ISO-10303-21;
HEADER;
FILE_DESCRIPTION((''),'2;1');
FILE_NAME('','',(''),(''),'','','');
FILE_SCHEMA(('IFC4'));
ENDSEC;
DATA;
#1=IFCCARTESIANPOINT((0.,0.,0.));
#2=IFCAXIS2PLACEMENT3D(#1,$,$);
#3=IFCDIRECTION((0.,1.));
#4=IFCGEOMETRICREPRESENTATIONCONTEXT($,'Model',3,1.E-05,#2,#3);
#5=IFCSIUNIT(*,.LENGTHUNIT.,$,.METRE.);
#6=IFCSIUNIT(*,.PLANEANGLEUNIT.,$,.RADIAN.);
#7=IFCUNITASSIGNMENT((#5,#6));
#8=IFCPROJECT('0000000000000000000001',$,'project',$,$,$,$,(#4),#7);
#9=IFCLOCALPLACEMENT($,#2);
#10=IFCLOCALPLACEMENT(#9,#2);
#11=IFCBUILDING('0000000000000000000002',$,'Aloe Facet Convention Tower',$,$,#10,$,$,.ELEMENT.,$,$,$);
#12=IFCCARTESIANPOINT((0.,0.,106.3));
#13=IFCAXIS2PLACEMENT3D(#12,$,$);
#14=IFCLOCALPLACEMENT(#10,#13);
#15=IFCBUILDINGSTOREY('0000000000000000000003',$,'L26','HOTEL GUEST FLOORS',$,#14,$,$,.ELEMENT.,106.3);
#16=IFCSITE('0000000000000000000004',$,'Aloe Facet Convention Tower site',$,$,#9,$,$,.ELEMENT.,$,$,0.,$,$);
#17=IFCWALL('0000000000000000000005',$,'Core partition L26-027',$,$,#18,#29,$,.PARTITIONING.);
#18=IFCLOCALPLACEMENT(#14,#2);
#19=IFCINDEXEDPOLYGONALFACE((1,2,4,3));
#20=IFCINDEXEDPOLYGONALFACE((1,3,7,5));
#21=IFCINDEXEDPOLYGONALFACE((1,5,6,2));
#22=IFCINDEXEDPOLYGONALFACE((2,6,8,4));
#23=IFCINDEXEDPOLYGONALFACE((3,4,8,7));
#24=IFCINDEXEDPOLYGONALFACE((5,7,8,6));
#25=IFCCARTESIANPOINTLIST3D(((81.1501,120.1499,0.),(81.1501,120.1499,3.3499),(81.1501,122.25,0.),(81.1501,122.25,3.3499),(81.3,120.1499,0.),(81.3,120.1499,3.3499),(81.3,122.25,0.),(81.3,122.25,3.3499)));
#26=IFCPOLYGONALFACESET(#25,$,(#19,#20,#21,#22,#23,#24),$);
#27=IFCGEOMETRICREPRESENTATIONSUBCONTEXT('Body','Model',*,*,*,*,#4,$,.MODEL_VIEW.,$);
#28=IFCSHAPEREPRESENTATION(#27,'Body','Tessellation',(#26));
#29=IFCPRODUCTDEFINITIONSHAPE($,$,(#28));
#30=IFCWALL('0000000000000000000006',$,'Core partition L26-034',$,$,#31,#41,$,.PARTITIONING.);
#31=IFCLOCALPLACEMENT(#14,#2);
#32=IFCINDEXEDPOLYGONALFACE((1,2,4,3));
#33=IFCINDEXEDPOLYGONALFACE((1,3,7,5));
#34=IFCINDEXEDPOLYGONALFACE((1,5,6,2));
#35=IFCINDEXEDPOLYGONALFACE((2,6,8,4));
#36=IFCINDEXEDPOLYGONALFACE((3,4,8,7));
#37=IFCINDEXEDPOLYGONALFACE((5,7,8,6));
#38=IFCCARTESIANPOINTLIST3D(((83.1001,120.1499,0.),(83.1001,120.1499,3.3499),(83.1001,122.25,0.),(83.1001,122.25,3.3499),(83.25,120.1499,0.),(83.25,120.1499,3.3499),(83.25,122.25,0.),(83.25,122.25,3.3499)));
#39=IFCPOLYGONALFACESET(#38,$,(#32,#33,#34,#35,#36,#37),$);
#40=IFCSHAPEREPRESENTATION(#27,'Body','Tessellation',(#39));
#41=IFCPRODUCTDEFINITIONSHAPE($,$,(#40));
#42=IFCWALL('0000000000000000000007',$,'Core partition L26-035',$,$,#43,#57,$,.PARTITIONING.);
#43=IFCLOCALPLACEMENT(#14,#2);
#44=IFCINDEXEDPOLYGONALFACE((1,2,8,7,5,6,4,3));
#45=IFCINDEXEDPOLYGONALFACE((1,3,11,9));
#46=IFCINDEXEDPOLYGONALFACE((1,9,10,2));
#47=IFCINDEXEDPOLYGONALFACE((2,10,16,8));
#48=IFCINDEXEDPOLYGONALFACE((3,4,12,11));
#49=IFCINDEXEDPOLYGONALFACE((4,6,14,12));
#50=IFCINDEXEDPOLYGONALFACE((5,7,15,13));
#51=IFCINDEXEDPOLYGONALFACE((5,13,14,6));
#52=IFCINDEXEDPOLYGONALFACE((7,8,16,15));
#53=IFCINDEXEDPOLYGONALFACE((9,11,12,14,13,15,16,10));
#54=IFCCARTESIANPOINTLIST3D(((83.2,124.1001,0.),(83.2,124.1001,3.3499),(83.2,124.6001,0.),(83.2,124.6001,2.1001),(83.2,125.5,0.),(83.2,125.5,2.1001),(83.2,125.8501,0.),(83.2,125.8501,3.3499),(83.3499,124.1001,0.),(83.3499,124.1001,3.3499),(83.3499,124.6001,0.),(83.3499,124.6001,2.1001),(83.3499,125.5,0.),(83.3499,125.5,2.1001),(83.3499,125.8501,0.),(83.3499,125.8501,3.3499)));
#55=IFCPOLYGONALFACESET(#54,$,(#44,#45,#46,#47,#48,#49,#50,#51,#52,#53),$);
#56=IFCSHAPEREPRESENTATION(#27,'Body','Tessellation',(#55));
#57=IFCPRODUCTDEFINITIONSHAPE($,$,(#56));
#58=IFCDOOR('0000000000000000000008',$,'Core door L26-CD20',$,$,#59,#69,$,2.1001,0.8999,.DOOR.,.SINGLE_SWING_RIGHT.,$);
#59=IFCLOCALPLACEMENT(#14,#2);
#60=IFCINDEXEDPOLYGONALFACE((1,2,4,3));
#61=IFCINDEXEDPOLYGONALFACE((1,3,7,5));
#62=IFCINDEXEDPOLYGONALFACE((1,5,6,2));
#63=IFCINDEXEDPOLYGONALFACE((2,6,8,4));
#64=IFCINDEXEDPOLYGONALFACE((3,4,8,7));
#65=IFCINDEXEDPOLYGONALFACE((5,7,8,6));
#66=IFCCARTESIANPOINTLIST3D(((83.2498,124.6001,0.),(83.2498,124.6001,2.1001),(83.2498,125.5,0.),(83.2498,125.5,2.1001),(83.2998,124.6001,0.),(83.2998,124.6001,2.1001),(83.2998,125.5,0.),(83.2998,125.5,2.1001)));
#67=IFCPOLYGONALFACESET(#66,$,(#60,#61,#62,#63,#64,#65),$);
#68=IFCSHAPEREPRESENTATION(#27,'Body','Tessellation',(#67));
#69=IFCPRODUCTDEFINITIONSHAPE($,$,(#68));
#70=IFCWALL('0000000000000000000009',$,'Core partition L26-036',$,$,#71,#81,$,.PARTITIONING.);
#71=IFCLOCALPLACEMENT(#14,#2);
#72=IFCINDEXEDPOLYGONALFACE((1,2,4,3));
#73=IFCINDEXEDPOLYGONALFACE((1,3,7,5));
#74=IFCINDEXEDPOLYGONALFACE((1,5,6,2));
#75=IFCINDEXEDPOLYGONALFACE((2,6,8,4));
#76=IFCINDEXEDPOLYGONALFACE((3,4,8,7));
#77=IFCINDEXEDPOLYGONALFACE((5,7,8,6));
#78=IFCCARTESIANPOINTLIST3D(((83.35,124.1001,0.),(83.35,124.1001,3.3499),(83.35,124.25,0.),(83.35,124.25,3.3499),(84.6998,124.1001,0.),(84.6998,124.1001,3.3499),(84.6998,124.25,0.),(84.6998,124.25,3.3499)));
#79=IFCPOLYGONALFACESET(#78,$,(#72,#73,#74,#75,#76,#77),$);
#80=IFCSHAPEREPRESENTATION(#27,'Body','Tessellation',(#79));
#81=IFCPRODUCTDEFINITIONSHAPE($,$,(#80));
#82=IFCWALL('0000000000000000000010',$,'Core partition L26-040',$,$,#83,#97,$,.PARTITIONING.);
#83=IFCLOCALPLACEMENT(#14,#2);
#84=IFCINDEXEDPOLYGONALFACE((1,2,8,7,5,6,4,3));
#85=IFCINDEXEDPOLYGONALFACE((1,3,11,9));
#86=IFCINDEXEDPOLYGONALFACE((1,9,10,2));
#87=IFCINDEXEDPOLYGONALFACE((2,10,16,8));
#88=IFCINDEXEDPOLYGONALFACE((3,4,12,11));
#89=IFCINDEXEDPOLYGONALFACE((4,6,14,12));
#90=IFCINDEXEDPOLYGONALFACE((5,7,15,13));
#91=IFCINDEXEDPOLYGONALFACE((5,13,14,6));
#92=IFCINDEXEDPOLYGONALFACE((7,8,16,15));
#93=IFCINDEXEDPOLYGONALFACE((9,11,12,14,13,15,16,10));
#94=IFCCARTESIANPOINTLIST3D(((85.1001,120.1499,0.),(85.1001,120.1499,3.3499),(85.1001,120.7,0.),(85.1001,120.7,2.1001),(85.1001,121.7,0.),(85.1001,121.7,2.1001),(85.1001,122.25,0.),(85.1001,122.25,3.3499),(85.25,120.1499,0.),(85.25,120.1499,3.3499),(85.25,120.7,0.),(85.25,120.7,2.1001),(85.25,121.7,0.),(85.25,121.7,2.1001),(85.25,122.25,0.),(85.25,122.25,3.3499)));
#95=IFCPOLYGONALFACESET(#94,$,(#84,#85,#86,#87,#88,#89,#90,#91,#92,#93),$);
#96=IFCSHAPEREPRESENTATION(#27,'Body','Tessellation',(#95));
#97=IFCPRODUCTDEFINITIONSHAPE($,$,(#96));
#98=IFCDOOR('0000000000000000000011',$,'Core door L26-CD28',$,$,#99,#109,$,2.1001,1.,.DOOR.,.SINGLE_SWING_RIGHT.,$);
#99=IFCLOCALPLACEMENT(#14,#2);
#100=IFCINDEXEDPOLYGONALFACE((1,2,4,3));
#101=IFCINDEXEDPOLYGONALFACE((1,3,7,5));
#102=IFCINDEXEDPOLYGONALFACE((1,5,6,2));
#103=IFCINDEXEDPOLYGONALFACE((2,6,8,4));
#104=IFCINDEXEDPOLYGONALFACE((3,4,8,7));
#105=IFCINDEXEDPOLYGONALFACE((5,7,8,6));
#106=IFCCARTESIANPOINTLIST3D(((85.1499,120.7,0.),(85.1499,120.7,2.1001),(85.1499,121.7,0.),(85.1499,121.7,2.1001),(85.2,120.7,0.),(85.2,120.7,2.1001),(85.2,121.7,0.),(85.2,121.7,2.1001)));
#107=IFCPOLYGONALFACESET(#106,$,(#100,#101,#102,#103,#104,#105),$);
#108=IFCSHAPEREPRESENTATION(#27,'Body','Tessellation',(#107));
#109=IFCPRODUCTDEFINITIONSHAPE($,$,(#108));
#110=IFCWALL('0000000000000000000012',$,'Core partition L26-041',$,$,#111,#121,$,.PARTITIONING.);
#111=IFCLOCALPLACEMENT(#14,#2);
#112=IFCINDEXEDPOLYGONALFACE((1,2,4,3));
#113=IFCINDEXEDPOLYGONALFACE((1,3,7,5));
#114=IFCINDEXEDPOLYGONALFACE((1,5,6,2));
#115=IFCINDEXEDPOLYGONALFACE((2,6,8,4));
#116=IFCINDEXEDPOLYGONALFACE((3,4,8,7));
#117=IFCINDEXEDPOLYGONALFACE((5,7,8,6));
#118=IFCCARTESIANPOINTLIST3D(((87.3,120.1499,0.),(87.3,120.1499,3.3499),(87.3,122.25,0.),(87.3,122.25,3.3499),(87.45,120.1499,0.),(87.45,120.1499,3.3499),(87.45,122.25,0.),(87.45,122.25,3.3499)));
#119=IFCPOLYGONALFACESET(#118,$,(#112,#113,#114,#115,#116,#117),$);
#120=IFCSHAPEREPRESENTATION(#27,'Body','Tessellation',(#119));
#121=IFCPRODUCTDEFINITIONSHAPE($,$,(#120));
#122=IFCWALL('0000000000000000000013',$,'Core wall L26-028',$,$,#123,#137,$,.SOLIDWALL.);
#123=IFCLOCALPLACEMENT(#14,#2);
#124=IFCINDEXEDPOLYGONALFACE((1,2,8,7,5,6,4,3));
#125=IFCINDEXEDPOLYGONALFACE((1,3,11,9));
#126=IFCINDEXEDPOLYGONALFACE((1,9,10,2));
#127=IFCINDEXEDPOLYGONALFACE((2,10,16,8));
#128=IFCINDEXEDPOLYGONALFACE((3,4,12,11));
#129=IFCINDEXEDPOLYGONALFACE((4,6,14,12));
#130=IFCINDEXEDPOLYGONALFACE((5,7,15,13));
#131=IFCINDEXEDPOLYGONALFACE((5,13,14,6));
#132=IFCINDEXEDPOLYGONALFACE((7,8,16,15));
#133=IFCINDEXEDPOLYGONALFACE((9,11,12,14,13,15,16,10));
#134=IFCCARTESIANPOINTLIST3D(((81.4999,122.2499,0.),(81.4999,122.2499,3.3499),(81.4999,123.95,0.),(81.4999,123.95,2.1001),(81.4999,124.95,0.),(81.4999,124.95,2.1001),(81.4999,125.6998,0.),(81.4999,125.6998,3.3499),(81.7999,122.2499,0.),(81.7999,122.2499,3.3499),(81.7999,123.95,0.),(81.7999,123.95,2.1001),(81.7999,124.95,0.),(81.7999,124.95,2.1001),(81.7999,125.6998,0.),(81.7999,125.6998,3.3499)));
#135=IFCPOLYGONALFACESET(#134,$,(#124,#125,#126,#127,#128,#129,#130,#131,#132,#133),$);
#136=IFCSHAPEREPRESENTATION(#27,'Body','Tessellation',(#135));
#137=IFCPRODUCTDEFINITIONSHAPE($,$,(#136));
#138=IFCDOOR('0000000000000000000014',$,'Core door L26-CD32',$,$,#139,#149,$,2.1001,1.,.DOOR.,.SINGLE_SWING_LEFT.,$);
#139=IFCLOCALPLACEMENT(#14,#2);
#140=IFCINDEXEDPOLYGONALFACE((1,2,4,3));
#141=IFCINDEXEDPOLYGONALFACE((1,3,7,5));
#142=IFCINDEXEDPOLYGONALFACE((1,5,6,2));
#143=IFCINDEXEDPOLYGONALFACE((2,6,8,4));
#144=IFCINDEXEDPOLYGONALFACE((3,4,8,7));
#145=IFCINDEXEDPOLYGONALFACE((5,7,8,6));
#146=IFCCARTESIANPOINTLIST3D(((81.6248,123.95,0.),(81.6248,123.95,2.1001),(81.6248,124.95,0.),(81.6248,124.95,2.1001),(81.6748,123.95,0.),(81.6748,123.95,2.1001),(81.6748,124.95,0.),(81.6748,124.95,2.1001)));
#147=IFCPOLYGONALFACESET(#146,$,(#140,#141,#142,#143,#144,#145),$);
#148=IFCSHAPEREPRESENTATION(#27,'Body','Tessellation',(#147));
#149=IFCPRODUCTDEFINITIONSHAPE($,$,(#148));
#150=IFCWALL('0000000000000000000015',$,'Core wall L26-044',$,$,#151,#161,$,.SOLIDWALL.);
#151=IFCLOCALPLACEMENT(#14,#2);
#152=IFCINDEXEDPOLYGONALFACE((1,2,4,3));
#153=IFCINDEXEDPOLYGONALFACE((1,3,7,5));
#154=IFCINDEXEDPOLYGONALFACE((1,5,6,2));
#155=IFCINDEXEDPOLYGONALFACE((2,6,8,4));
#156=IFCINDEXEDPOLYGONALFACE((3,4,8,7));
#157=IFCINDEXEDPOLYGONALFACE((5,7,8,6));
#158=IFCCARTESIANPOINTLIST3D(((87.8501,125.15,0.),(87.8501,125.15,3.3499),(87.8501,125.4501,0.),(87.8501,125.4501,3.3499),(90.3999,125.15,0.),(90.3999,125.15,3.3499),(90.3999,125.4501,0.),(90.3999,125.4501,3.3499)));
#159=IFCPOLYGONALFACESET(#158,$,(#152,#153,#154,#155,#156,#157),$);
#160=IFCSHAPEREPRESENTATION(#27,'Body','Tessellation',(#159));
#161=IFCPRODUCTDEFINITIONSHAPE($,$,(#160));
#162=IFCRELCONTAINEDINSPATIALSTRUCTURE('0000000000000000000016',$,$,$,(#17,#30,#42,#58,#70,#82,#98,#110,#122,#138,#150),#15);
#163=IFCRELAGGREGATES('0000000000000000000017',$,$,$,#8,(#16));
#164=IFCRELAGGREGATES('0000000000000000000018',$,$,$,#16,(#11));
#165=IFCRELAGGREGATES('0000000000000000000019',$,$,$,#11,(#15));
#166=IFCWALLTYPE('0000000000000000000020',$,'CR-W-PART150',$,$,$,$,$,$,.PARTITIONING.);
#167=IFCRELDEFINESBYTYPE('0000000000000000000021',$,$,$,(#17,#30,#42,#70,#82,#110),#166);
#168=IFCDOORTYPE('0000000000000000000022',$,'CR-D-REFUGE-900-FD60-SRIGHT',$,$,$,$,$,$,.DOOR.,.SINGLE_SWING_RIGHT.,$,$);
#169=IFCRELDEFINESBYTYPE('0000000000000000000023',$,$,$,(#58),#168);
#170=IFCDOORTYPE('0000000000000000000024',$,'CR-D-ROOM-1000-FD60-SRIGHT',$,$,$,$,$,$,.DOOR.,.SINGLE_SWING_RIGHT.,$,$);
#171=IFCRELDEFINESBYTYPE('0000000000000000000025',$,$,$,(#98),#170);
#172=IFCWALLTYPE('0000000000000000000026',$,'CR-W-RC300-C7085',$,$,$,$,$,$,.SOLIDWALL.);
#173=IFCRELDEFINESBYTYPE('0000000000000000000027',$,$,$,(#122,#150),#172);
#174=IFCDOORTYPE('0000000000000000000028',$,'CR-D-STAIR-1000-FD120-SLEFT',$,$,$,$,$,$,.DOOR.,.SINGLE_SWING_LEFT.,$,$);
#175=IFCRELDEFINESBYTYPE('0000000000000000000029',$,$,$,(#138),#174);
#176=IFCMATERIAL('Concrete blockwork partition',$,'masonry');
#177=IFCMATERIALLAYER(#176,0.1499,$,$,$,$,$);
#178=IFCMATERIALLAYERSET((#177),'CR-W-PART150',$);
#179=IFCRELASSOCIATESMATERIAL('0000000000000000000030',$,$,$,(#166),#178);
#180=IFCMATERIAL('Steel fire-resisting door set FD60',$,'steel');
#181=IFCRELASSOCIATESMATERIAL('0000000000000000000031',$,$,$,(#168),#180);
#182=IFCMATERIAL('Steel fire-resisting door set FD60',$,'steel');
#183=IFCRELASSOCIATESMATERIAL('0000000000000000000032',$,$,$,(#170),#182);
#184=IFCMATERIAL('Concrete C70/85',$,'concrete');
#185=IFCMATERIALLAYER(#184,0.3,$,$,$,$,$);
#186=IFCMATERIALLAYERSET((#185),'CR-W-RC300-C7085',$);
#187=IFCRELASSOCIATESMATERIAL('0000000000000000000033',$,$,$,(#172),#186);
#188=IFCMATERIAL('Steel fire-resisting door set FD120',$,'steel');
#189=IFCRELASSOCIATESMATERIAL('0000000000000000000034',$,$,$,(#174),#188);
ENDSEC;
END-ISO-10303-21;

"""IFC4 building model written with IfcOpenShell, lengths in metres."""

from ifc_helpers import new_model, si_unit, direction, frame, frame_2d, origin, place, context, subcontext, project, spatial, rectangle, extrude, material, layer, layer_set, type_object, element, fill, save


model = new_model("IFC4")

# Units and contexts
model_context = context("Model", 3, precision=1e-05, world=origin(), true_north=direction((0.0, 1.0)))
body_context = subcontext(model_context, "Body", "Model", "MODEL_VIEW")
ifc_project = project(units=[si_unit("LENGTHUNIT", "METRE"), si_unit("PLANEANGLEUNIT", "RADIAN")], contexts=[model_context])

# Site, building, storey
site_placement = place(None, origin())
site = spatial("IfcSite", under=ifc_project, at=site_placement, Name="Aloe Facet Convention Tower site", CompositionType="ELEMENT", RefElevation=0.0)
building_placement = place(site_placement, origin())
building = spatial("IfcBuilding", under=site, at=building_placement, Name="Aloe Facet Convention Tower", CompositionType="ELEMENT")
storey_placement = place(building_placement, frame((0.0, 0.0, 106.3)))
storey = spatial("IfcBuildingStorey", under=building, at=storey_placement, Name="L26", Description="HOTEL GUEST FLOORS", CompositionType="ELEMENT", Elevation=106.3)

# Walls
ifc_material_1 = material(Name="Concrete blockwork partition", Category="masonry")
ifc_layer_1 = layer(ifc_material_1, 0.1499)
ifc_layer_set_1 = layer_set([ifc_layer_1], Name="CR-W-PART150")
wall_type_1 = type_object("IfcWallType", Name="CR-W-PART150", PredefinedType="PARTITIONING", material=ifc_layer_set_1)
for number, where, z_axis, x_axis, name in (
    (1, (81.2251, 122.25, 0.0), (0.0, 0.0, 1.0), (0.0, -1.0, 0.0), "Core partition L26-027"),
    (2, (83.175, 122.25, 0.0), (0.0, 0.0, 1.0), (0.0, -1.0, 0.0), "Core partition L26-034"),
):
    element("IfcWall", number, at=place(storey_placement, frame(where, z_axis=z_axis, x_axis=x_axis)), inside=storey, type_object=wall_type_1, Name=name, PredefinedType="PARTITIONING", context=body_context, shape_type="SweptSolid", body=[
        extrude(rectangle(XDim=2.1001, YDim=0.1499, at=frame_2d((1.05, 0.0))), origin(), (0.0, 0.0, 1.0), 3.3499),
    ])

# Wall, opening, door
wall_1_placement = place(storey_placement, frame((83.2749, 125.8501, 0.0), z_axis=(0.0, 0.0, 1.0), x_axis=(0.0, -1.0, 0.0)))
wall_1 = element("IfcWall", 3, at=wall_1_placement, inside=storey, type_object=wall_type_1, Name="Core partition L26-035", PredefinedType="PARTITIONING", context=body_context, shape_type="SweptSolid", body=[
    extrude(rectangle(XDim=1.75, YDim=0.1499, at=frame_2d((0.875, 0.0))), origin(), (0.0, 0.0, 1.0), 3.3499),
])
opening_1_placement = place(wall_1_placement, frame((0.3501, 0.0, 0.0)))
opening_1 = element("IfcOpeningElement", 4, at=opening_1_placement, cuts=wall_1, PredefinedType="OPENING", context=body_context, shape_type="SweptSolid", body=[
    extrude(rectangle(XDim=0.8999, YDim=2.1001, at=frame_2d((0.45, 1.05))), frame((0.0, 0.085, 0.0), z_axis=(0.0, -1.0, 0.0), x_axis=(1.0, 0.0, 0.0)), (0.0, 0.0, 1.0), 0.1699),
])
ifc_material_2 = material(Name="Steel fire-resisting door set FD60", Category="steel")
door_type_1 = type_object("IfcDoorType", Name="CR-D-REFUGE-900-FD60-SRIGHT", OperationType="SINGLE_SWING_RIGHT", PredefinedType="DOOR", material=ifc_material_2)
door_1_placement = place(opening_1_placement, origin())
door_1 = element("IfcDoor", 5, at=door_1_placement, inside=storey, type_object=door_type_1, Name="Core door L26-CD20", OperationType="SINGLE_SWING_RIGHT", OverallHeight=2.1001, OverallWidth=0.8999, PredefinedType="DOOR", context=body_context, shape_type="SweptSolid", body=[
    extrude(rectangle(XDim=0.8999, YDim=2.1001, at=frame_2d((0.45, 1.05))), frame((0.0, 0.0249, 0.0), z_axis=(0.0, -1.0, 0.0), x_axis=(1.0, 0.0, 0.0)), (0.0, 0.0, 1.0), 0.05),
])
fill(opening_1, door_1)

# Wall
wall_2_placement = place(storey_placement, frame((83.3501, 124.175, 0.0), z_axis=(0.0, 0.0, 1.0), x_axis=(1.0, 0.0, 0.0)))
element("IfcWall", 6, at=wall_2_placement, inside=storey, type_object=wall_type_1, Name="Core partition L26-036", PredefinedType="PARTITIONING", context=body_context, shape_type="SweptSolid", body=[
    extrude(rectangle(XDim=1.3499, YDim=0.1499, at=frame_2d((0.6748, 0.0))), origin(), (0.0, 0.0, 1.0), 3.3499),
])

# Wall, opening, door
wall_3_placement = place(storey_placement, frame((85.175, 122.25, 0.0), z_axis=(0.0, 0.0, 1.0), x_axis=(0.0, -1.0, 0.0)))
wall_3 = element("IfcWall", 7, at=wall_3_placement, inside=storey, type_object=wall_type_1, Name="Core partition L26-040", PredefinedType="PARTITIONING", context=body_context, shape_type="SweptSolid", body=[
    extrude(rectangle(XDim=2.1001, YDim=0.1499, at=frame_2d((1.05, 0.0))), origin(), (0.0, 0.0, 1.0), 3.3499),
])
opening_2_placement = place(wall_3_placement, frame((0.55, 0.0, 0.0)))
opening_2 = element("IfcOpeningElement", 8, at=opening_2_placement, cuts=wall_3, PredefinedType="OPENING", context=body_context, shape_type="SweptSolid", body=[
    extrude(rectangle(XDim=1.0, YDim=2.1001, at=frame_2d((0.5, 1.05))), frame((0.0, 0.085, 0.0), z_axis=(0.0, -1.0, 0.0), x_axis=(1.0, 0.0, 0.0)), (0.0, 0.0, 1.0), 0.1699),
])
ifc_material_3 = material(Name="Steel fire-resisting door set FD60", Category="steel")
door_type_2 = type_object("IfcDoorType", Name="CR-D-ROOM-1000-FD60-SRIGHT", OperationType="SINGLE_SWING_RIGHT", PredefinedType="DOOR", material=ifc_material_3)
door_2_placement = place(opening_2_placement, origin())
door_2 = element("IfcDoor", 9, at=door_2_placement, inside=storey, type_object=door_type_2, Name="Core door L26-CD28", OperationType="SINGLE_SWING_RIGHT", OverallHeight=2.1001, OverallWidth=1.0, PredefinedType="DOOR", context=body_context, shape_type="SweptSolid", body=[
    extrude(rectangle(XDim=1.0, YDim=2.1001, at=frame_2d((0.5, 1.05))), frame((0.0, 0.0249, 0.0), z_axis=(0.0, -1.0, 0.0), x_axis=(1.0, 0.0, 0.0)), (0.0, 0.0, 1.0), 0.05),
])
fill(opening_2, door_2)

# Wall
wall_4_placement = place(storey_placement, frame((87.375, 122.25, 0.0), z_axis=(0.0, 0.0, 1.0), x_axis=(0.0, -1.0, 0.0)))
element("IfcWall", 10, at=wall_4_placement, inside=storey, type_object=wall_type_1, Name="Core partition L26-041", PredefinedType="PARTITIONING", context=body_context, shape_type="SweptSolid", body=[
    extrude(rectangle(XDim=2.1001, YDim=0.1499, at=frame_2d((1.05, 0.0))), origin(), (0.0, 0.0, 1.0), 3.3499),
])

# Wall, opening, door
ifc_material_4 = material(Name="Concrete C70/85", Category="concrete")
ifc_layer_2 = layer(ifc_material_4, 0.3)
ifc_layer_set_2 = layer_set([ifc_layer_2], Name="CR-W-RC300-C7085")
wall_type_2 = type_object("IfcWallType", Name="CR-W-RC300-C7085", PredefinedType="SOLIDWALL", material=ifc_layer_set_2)
wall_5_placement = place(storey_placement, frame((81.6499, 125.7, 0.0), z_axis=(0.0, 0.0, 1.0), x_axis=(0.0, -1.0, 0.0)))
wall_5 = element("IfcWall", 11, at=wall_5_placement, inside=storey, type_object=wall_type_2, Name="Core wall L26-028", PredefinedType="SOLIDWALL", context=body_context, shape_type="SweptSolid", body=[
    extrude(rectangle(XDim=3.45, YDim=0.3, at=frame_2d((1.7251, 0.0))), origin(), (0.0, 0.0, 1.0), 3.3499),
])
opening_3_placement = place(wall_5_placement, frame((0.75, 0.0, 0.0)))
opening_3 = element("IfcOpeningElement", 12, at=opening_3_placement, cuts=wall_5, PredefinedType="OPENING", context=body_context, shape_type="SweptSolid", body=[
    extrude(rectangle(XDim=1.0, YDim=2.1001, at=frame_2d((0.5, 1.05))), frame((0.0, 0.1602, 0.0), z_axis=(0.0, -1.0, 0.0), x_axis=(1.0, 0.0, 0.0)), (0.0, 0.0, 1.0), 0.3201),
])
ifc_material_5 = material(Name="Steel fire-resisting door set FD120", Category="steel")
door_type_3 = type_object("IfcDoorType", Name="CR-D-STAIR-1000-FD120-SLEFT", OperationType="SINGLE_SWING_LEFT", PredefinedType="DOOR", material=ifc_material_5)
door_3_placement = place(opening_3_placement, origin())
door_3 = element("IfcDoor", 13, at=door_3_placement, inside=storey, type_object=door_type_3, Name="Core door L26-CD32", OperationType="SINGLE_SWING_LEFT", OverallHeight=2.1001, OverallWidth=1.0, PredefinedType="DOOR", context=body_context, shape_type="SweptSolid", body=[
    extrude(rectangle(XDim=1.0, YDim=2.1001, at=frame_2d((0.5, 1.05))), frame((0.0, 0.0249, 0.0), z_axis=(0.0, -1.0, 0.0), x_axis=(1.0, 0.0, 0.0)), (0.0, 0.0, 1.0), 0.05),
])
fill(opening_3, door_3)

# Wall
wall_6_placement = place(storey_placement, frame((87.8501, 125.3, 0.0), z_axis=(0.0, 0.0, 1.0), x_axis=(1.0, 0.0, 0.0)))
element("IfcWall", 14, at=wall_6_placement, inside=storey, type_object=wall_type_2, Name="Core wall L26-044", PredefinedType="SOLIDWALL", context=body_context, shape_type="SweptSolid", body=[
    extrude(rectangle(XDim=2.5498, YDim=0.3, at=frame_2d((1.2749, 0.0))), origin(), (0.0, 0.0, 1.0), 3.3499),
])

save(model, "model.ifc")
